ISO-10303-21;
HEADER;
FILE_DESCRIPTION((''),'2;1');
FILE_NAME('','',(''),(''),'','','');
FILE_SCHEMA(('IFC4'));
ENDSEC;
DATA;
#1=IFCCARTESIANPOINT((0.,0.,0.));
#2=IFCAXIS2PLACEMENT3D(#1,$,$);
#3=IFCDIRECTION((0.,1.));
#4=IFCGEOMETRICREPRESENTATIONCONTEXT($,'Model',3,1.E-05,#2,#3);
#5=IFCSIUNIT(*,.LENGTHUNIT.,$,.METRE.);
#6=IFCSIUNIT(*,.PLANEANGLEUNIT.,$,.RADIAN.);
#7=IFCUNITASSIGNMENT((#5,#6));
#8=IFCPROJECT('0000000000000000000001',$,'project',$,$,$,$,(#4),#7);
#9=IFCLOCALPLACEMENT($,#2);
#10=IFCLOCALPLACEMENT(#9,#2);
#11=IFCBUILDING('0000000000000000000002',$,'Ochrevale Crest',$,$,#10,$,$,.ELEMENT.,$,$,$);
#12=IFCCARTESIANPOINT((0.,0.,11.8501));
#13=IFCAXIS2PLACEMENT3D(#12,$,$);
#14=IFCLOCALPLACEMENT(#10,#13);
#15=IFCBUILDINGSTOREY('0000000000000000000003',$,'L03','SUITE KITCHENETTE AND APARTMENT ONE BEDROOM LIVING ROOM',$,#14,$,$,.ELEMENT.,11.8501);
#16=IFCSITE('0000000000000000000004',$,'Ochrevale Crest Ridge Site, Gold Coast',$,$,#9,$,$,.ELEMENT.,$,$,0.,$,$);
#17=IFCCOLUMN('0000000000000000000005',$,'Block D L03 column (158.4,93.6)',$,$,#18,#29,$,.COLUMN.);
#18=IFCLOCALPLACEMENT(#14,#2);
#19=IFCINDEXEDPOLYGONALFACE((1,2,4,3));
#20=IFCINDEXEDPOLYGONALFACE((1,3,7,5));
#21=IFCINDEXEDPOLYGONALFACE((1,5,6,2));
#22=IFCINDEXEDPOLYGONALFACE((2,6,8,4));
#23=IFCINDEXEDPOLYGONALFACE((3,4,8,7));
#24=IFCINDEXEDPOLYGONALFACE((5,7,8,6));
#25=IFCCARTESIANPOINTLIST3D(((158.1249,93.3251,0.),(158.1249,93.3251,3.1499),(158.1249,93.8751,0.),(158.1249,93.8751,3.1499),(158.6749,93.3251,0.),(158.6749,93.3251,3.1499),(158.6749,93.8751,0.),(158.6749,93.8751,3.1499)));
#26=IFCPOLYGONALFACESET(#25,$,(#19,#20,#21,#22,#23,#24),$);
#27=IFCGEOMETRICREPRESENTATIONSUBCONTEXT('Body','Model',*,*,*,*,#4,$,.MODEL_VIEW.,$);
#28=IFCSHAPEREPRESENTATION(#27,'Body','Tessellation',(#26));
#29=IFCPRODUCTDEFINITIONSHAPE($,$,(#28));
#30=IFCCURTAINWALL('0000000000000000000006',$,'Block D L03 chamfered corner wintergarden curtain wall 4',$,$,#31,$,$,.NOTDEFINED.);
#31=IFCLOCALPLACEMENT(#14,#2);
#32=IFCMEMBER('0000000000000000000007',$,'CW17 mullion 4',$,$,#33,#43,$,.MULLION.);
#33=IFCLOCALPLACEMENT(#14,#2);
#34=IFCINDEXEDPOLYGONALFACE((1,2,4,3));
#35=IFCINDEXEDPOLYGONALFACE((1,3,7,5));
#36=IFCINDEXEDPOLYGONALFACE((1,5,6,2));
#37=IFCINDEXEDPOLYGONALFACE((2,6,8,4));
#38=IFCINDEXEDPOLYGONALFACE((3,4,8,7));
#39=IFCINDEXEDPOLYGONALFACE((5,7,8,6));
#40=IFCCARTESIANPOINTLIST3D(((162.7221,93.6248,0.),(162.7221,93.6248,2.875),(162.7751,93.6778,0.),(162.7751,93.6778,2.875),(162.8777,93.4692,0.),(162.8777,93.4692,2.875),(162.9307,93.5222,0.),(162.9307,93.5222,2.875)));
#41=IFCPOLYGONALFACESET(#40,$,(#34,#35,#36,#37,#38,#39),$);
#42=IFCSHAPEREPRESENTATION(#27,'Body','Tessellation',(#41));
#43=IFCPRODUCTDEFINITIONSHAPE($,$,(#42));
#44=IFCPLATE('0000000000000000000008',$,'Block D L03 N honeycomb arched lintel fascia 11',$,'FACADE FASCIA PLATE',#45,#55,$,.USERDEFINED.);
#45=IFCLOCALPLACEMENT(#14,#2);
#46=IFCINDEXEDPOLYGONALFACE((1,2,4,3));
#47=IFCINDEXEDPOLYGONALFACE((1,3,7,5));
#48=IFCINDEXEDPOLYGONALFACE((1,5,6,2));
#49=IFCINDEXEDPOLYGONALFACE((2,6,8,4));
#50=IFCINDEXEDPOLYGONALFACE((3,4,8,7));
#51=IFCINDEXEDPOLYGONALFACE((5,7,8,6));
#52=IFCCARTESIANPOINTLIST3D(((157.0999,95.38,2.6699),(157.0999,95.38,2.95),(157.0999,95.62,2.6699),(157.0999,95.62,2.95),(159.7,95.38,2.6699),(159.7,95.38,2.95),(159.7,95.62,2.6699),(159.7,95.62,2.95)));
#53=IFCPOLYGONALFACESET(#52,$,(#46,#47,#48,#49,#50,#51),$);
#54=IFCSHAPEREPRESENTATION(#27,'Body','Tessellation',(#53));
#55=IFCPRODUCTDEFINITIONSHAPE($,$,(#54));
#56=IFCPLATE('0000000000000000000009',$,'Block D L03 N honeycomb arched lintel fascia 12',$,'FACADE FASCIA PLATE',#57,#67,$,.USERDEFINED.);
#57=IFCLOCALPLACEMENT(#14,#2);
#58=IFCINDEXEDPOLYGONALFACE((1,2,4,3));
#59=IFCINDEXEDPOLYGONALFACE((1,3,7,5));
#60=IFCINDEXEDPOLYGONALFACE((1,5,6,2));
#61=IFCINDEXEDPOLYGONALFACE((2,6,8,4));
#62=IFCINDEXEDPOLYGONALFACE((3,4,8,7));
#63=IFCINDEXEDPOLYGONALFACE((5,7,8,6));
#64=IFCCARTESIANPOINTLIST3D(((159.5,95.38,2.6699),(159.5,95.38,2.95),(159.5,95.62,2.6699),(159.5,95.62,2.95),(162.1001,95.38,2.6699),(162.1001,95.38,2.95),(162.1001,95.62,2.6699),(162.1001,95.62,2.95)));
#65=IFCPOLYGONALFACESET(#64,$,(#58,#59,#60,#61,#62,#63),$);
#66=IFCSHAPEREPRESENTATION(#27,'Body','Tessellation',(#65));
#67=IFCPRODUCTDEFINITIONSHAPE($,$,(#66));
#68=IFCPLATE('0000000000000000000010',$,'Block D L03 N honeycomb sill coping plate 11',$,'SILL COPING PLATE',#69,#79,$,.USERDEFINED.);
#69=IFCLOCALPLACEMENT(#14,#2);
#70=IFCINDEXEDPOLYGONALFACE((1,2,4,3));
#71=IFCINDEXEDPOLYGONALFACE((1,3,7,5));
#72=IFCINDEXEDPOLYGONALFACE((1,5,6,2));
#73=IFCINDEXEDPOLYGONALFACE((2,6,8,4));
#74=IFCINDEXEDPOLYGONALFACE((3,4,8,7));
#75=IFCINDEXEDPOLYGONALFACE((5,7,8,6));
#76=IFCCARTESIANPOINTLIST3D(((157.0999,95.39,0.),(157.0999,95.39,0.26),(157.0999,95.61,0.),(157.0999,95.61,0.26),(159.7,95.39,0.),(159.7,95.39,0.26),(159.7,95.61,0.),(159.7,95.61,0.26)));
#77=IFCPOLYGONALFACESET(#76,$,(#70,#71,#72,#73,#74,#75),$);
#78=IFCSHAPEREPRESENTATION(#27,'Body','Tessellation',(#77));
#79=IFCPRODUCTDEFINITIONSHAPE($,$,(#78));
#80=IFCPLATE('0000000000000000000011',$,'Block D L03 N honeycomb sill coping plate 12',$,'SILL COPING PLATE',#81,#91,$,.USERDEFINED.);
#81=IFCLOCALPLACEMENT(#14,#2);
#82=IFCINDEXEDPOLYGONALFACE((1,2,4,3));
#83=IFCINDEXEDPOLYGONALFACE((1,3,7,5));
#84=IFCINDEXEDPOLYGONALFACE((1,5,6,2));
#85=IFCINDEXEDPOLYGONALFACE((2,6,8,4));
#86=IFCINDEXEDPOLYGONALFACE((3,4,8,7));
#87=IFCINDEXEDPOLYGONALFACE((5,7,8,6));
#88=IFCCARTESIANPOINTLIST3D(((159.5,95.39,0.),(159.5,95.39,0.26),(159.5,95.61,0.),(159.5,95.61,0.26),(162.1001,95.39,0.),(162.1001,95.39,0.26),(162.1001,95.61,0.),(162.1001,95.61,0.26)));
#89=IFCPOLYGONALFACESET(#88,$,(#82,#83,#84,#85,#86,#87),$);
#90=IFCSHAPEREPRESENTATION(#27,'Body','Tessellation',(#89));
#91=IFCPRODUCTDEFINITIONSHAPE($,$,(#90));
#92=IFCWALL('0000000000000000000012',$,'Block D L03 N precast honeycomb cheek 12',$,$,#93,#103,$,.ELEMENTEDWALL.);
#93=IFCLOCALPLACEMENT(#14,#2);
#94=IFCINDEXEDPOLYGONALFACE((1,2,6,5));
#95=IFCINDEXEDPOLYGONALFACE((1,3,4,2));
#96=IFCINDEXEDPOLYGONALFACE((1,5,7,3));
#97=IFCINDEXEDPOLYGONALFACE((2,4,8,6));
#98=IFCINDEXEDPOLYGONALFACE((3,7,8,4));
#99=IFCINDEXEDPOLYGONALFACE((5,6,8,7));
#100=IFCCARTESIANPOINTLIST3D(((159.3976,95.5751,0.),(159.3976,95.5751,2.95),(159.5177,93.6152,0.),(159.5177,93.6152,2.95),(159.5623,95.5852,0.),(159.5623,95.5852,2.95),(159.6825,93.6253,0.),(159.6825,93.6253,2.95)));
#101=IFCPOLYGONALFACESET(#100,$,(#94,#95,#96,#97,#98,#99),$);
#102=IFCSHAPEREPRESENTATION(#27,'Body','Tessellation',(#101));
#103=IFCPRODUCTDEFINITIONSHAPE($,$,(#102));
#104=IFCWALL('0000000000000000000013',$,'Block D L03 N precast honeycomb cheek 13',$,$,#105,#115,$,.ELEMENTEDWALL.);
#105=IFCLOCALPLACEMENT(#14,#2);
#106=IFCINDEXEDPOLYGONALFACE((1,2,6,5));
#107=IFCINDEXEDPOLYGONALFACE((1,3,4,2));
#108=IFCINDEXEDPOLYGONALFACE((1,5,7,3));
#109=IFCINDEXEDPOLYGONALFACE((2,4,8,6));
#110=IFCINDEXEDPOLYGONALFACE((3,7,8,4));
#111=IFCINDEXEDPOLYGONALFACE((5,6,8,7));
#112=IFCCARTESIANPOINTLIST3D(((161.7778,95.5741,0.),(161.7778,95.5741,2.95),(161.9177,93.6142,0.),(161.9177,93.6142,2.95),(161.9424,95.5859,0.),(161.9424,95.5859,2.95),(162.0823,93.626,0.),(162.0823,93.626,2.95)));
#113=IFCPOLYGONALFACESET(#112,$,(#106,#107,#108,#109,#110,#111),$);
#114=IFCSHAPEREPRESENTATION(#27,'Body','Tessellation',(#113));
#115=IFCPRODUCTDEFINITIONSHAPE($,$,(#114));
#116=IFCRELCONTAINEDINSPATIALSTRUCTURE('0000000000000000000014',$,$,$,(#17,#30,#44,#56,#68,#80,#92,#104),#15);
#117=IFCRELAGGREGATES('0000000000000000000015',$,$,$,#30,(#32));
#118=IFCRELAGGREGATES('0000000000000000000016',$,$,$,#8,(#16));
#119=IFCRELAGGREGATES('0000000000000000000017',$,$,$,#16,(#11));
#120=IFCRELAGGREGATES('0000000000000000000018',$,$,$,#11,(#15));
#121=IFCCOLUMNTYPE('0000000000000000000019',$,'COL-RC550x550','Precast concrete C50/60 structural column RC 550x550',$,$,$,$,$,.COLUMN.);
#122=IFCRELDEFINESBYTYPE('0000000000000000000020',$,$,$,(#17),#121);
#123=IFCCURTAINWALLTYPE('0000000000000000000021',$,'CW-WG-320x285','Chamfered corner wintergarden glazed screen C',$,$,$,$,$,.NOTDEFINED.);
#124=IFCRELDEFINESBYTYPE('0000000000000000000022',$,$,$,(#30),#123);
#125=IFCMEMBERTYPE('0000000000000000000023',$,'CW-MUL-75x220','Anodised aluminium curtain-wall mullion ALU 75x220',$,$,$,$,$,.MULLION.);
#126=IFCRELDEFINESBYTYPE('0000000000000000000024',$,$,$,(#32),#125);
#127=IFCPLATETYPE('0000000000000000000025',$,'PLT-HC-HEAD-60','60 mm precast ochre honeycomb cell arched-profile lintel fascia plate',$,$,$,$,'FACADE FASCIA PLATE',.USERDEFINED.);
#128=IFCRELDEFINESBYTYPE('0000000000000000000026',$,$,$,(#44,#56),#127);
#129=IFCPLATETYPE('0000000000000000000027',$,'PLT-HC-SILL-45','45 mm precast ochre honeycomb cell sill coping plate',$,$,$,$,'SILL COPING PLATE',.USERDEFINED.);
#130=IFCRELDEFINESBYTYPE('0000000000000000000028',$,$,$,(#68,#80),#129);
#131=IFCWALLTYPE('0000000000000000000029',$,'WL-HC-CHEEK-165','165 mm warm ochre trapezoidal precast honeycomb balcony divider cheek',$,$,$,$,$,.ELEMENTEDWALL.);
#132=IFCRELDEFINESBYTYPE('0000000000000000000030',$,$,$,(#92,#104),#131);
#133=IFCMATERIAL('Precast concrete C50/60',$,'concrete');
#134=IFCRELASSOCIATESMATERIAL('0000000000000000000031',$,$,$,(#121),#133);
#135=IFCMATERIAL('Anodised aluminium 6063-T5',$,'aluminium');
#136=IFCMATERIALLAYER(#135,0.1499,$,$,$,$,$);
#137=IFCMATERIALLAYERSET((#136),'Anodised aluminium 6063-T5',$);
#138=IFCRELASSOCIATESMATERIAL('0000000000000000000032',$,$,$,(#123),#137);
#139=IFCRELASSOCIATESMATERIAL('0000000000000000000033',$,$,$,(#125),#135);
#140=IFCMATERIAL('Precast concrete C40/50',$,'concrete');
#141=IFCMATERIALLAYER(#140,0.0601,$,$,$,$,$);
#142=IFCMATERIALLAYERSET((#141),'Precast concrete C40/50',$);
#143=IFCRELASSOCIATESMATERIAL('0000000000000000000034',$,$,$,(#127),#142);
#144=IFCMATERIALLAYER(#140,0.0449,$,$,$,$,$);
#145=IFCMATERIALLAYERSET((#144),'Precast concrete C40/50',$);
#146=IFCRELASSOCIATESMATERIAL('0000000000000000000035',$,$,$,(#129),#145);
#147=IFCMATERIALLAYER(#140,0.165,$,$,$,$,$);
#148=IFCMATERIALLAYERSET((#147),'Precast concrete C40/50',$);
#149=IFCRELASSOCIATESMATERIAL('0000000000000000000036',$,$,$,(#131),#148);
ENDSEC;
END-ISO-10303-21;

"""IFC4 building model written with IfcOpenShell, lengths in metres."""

from ifc_helpers import new_model, si_unit, direction, frame, frame_2d, origin, origin_2d, place, context, subcontext, project, spatial, rectangle, extrude, material, layer, layer_set, material_profile, profile_set, type_object, element, aggregate, save


model = new_model("IFC4")

# Units and contexts
model_context = context("Model", 3, precision=1e-05, world=origin(), true_north=direction((0.0, 1.0)))
body_context = subcontext(model_context, "Body", "Model", "MODEL_VIEW")
ifc_project = project(units=[si_unit("LENGTHUNIT", "METRE"), si_unit("PLANEANGLEUNIT", "RADIAN")], contexts=[model_context])

# Site, building, storey
site_placement = place(None, origin())
site = spatial("IfcSite", under=ifc_project, at=site_placement, Name="Ochrevale Crest Ridge Site, Gold Coast", CompositionType="ELEMENT", RefElevation=0.0)
building_placement = place(site_placement, origin())
building = spatial("IfcBuilding", under=site, at=building_placement, Name="Ochrevale Crest", CompositionType="ELEMENT")
storey_placement = place(building_placement, frame((0.0, 0.0, 11.8501)))
storey = spatial("IfcBuildingStorey", under=building, at=storey_placement, Name="L03", Description="SUITE KITCHENETTE AND APARTMENT ONE BEDROOM LIVING ROOM", CompositionType="ELEMENT", Elevation=11.8501)

# Column
ifc_material_1 = material(Name="Precast concrete C50/60", Category="concrete")
ifc_material_profile_1 = material_profile(ifc_material_1, rectangle(XDim=0.55, YDim=0.55, at=origin_2d()), Name="RC 550x550")
ifc_profile_set_1 = profile_set([ifc_material_profile_1], Name="Precast concrete C50/60")
column_type = type_object("IfcColumnType", Name="COL-RC550x550", Description="Precast concrete C50/60 structural column RC 550x550", PredefinedType="COLUMN", material=ifc_profile_set_1)
column_placement = place(storey_placement, frame((158.3999, 93.6001, 0.0), z_axis=(0.0, 0.0, 1.0), x_axis=(1.0, 0.0, 0.0)))
element("IfcColumn", 1, at=column_placement, inside=storey, type_object=column_type, Name="Block D L03 column (158.4,93.6)", PredefinedType="COLUMN", context=body_context, shape_type="SweptSolid", body=[
    extrude(rectangle(XDim=0.55, YDim=0.55, at=origin_2d()), origin(), (0.0, 0.0, 1.0), 3.1499),
])

# Curtain wall, member
ifc_material_2 = material(Name="Anodised aluminium 6063-T5", Category="aluminium")
ifc_layer_1 = layer(ifc_material_2, 0.1499)
ifc_layer_set_1 = layer_set([ifc_layer_1], Name="Anodised aluminium 6063-T5")
curtain_wall_type = type_object("IfcCurtainWallType", Name="CW-WG-320x285", Description="Chamfered corner wintergarden glazed screen C", PredefinedType="NOTDEFINED", material=ifc_layer_set_1)
curtain_wall_placement = place(storey_placement, origin())
curtain_wall = element("IfcCurtainWall", 2, at=curtain_wall_placement, inside=storey, type_object=curtain_wall_type, Name="Block D L03 chamfered corner wintergarden curtain wall 4", PredefinedType="NOTDEFINED")
ifc_material_profile_2 = material_profile(ifc_material_2, rectangle(XDim=0.075, YDim=0.22, at=origin_2d()), Name="ALU 75x220")
ifc_profile_set_2 = profile_set([ifc_material_profile_2], Name="Anodised aluminium 6063-T5")
member_type = type_object("IfcMemberType", Name="CW-MUL-75x220", Description="Anodised aluminium curtain-wall mullion ALU 75x220", PredefinedType="MULLION", material=ifc_profile_set_2)
member_placement = place(storey_placement, frame((162.8264, 93.5735, 0.0), z_axis=(0.0, 0.0, 1.0), x_axis=(-0.707107, -0.707107, 0.0)))
member = element("IfcMember", 3, at=member_placement, type_object=member_type, Name="CW17 mullion 4", PredefinedType="MULLION", context=body_context, shape_type="SweptSolid", body=[
    extrude(rectangle(XDim=0.075, YDim=0.22, at=origin_2d()), origin(), (0.0, 0.0, 1.0), 2.875),
])
aggregate(curtain_wall, [member])

# Plates
ifc_material_3 = material(Name="Precast concrete C40/50", Category="concrete")
ifc_layer_2 = layer(ifc_material_3, 0.0601)
ifc_layer_set_2 = layer_set([ifc_layer_2], Name="Precast concrete C40/50")
plate_type_1 = type_object("IfcPlateType", Name="PLT-HC-HEAD-60", Description="60 mm precast ochre honeycomb cell arched-profile lintel fascia plate", ElementType="FACADE FASCIA PLATE", PredefinedType="USERDEFINED", material=ifc_layer_set_2)
for number, where, z_axis, x_axis, name in (
    (4, (158.3999, 95.5, 2.6699), (0.0, 0.0, 1.0), (1.0, 0.0, 0.0), "Block D L03 N honeycomb arched lintel fascia 11"),
    (5, (160.8, 95.5, 2.6699), (0.0, 0.0, 1.0), (1.0, 0.0, 0.0), "Block D L03 N honeycomb arched lintel fascia 12"),
):
    element("IfcPlate", number, at=place(storey_placement, frame(where, z_axis=z_axis, x_axis=x_axis)), inside=storey, type_object=plate_type_1, Name=name, ObjectType="FACADE FASCIA PLATE", PredefinedType="USERDEFINED", context=body_context, shape_type="SweptSolid", body=[
        extrude(rectangle(XDim=2.6001, YDim=0.24, at=origin_2d()), origin(), (0.0, 0.0, 1.0), 0.28),
    ])
ifc_layer_3 = layer(ifc_material_3, 0.0449)
ifc_layer_set_3 = layer_set([ifc_layer_3], Name="Precast concrete C40/50")
plate_type_2 = type_object("IfcPlateType", Name="PLT-HC-SILL-45", Description="45 mm precast ochre honeycomb cell sill coping plate", ElementType="SILL COPING PLATE", PredefinedType="USERDEFINED", material=ifc_layer_set_3)
for number, where, z_axis, x_axis, name in (
    (6, (158.3999, 95.5, 0.0), (0.0, 0.0, 1.0), (1.0, 0.0, 0.0), "Block D L03 N honeycomb sill coping plate 11"),
    (7, (160.8, 95.5, 0.0), (0.0, 0.0, 1.0), (1.0, 0.0, 0.0), "Block D L03 N honeycomb sill coping plate 12"),
):
    element("IfcPlate", number, at=place(storey_placement, frame(where, z_axis=z_axis, x_axis=x_axis)), inside=storey, type_object=plate_type_2, Name=name, ObjectType="SILL COPING PLATE", PredefinedType="USERDEFINED", context=body_context, shape_type="SweptSolid", body=[
        extrude(rectangle(XDim=2.6001, YDim=0.22, at=origin_2d()), origin(), (0.0, 0.0, 1.0), 0.26),
    ])

# Walls
ifc_layer_4 = layer(ifc_material_3, 0.165)
ifc_layer_set_4 = layer_set([ifc_layer_4], Name="Precast concrete C40/50")
wall_type_1 = type_object("IfcWallType", Name="WL-HC-CHEEK-165", Description="165 mm warm ochre trapezoidal precast honeycomb balcony divider cheek", PredefinedType="ELEMENTEDWALL", material=ifc_layer_set_4)
wall_1_placement = place(storey_placement, frame((159.6001, 93.6201, 0.0), z_axis=(0.0, 0.0, 1.0), x_axis=(-0.061171, 0.998127, 0.0)))
element("IfcWall", 8, at=wall_1_placement, inside=storey, type_object=wall_type_1, Name="Block D L03 N precast honeycomb cheek 12", PredefinedType="ELEMENTEDWALL", context=body_context, shape_type="SweptSolid", body=[
    extrude(rectangle(XDim=1.9636, YDim=0.165, at=frame_2d((0.9819, 0.0))), origin(), (0.0, 0.0, 1.0), 2.95),
])
wall_2_placement = place(storey_placement, frame((162.0, 93.6201, 0.0), z_axis=(0.0, 0.0, 1.0), x_axis=(-0.071194, 0.997462, 0.0)))
element("IfcWall", 9, at=wall_2_placement, inside=storey, type_object=wall_type_1, Name="Block D L03 N precast honeycomb cheek 13", PredefinedType="ELEMENTEDWALL", context=body_context, shape_type="SweptSolid", body=[
    extrude(rectangle(XDim=1.9648, YDim=0.165, at=frame_2d((0.9824, 0.0))), origin(), (0.0, 0.0, 1.0), 2.95),
])

save(model, "model.ifc")
